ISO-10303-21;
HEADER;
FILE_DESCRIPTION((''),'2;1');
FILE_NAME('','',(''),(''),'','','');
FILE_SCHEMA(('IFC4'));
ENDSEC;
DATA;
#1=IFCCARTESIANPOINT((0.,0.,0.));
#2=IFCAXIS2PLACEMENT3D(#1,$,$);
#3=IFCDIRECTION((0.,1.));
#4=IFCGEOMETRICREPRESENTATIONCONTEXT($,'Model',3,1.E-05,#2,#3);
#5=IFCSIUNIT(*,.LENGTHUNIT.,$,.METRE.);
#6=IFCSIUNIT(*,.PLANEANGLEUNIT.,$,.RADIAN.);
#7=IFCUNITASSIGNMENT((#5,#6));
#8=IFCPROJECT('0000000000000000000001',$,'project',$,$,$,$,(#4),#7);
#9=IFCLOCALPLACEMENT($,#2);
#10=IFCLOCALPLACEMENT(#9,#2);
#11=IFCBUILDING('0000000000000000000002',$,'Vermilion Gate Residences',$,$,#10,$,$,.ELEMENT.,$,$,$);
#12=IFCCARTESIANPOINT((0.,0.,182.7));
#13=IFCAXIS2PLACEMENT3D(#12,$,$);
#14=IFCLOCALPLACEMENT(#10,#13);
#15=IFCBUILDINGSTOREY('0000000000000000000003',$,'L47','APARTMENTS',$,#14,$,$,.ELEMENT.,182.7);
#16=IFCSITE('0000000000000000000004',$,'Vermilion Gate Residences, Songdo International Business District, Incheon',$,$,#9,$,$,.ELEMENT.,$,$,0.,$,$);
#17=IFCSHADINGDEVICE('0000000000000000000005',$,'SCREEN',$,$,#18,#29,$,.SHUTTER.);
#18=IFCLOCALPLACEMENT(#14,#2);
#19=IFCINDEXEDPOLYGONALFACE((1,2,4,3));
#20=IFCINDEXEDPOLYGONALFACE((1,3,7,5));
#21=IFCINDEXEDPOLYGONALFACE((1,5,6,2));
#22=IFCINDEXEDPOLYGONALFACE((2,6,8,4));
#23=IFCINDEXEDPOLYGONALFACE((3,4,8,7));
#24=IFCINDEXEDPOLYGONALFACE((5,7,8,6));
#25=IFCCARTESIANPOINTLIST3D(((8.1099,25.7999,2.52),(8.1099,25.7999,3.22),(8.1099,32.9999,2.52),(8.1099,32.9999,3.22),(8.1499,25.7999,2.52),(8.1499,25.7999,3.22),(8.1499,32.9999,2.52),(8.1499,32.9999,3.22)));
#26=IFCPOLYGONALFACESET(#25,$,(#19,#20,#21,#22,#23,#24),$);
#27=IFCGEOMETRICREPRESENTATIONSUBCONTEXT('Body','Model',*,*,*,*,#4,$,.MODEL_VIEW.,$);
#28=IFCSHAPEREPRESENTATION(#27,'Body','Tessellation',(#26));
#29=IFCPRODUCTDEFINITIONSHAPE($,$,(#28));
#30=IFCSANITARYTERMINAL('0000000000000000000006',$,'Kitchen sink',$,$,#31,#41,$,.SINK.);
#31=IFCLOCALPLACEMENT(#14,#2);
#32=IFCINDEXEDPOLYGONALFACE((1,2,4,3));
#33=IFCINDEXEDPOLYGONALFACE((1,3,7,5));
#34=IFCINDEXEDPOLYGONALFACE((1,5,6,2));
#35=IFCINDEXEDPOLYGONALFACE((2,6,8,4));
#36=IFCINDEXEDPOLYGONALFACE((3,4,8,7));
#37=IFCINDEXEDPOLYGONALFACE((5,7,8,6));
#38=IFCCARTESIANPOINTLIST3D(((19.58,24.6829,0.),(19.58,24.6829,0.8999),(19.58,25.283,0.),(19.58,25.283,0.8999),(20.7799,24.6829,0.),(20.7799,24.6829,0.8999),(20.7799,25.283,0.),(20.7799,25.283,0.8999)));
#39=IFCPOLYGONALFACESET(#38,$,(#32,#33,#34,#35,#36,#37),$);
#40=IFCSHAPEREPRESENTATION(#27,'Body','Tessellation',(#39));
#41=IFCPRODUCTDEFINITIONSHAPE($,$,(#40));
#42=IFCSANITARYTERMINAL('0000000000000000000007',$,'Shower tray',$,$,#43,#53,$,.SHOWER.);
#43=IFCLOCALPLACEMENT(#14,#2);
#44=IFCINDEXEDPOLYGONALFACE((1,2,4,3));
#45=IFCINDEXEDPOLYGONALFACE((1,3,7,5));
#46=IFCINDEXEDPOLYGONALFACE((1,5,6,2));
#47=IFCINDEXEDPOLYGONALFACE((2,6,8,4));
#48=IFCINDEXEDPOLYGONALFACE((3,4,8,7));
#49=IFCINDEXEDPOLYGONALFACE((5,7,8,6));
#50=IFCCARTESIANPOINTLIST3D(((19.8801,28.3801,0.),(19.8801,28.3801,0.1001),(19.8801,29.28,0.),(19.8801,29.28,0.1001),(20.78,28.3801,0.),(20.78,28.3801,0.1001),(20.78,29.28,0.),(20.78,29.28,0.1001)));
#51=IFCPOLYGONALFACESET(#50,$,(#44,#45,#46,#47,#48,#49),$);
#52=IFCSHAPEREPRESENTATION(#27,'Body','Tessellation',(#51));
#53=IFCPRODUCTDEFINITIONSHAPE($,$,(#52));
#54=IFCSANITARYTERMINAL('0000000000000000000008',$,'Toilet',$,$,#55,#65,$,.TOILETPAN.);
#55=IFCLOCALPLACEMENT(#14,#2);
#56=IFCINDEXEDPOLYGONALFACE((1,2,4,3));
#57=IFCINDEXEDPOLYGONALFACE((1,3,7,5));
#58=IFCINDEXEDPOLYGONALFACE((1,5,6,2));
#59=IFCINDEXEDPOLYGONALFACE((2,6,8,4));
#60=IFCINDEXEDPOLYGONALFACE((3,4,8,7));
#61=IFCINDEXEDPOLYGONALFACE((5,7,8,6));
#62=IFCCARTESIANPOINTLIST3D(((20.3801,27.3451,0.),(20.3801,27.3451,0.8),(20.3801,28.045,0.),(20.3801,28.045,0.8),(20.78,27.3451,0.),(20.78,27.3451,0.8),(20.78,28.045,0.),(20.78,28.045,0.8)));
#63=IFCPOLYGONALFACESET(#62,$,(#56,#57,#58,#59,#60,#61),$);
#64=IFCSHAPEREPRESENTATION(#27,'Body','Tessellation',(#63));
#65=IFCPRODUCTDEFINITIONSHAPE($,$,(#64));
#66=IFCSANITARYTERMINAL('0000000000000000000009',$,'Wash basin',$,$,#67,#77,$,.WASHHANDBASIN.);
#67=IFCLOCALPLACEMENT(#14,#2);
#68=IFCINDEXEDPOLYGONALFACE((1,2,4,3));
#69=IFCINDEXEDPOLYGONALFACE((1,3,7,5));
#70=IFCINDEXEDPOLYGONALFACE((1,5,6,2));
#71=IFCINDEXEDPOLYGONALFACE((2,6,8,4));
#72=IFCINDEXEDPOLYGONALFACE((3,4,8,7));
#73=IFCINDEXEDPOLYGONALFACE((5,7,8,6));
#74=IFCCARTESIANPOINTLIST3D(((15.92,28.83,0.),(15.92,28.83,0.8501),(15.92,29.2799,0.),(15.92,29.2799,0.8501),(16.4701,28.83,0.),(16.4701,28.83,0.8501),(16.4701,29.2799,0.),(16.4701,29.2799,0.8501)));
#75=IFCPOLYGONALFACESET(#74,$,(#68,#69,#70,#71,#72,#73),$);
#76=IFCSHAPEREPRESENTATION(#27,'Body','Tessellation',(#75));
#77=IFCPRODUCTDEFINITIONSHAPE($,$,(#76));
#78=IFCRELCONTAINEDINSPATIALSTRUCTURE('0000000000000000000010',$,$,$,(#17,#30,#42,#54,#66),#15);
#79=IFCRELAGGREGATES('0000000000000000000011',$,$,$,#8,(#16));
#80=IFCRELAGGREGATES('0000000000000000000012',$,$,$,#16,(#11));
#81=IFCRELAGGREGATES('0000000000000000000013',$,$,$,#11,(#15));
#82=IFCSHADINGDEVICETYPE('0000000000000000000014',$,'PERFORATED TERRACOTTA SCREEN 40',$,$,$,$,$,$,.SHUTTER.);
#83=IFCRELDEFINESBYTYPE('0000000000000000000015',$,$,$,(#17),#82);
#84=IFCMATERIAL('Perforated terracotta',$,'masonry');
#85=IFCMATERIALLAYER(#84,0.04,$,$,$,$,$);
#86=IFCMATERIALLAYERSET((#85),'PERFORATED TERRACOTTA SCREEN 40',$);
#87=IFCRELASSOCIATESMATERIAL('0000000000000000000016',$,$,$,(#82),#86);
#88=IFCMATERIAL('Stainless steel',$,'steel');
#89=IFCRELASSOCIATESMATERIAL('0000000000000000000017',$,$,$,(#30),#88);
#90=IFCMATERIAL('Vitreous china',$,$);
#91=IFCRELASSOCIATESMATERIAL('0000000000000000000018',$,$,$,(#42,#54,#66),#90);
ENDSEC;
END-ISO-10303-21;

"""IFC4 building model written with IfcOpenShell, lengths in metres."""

from ifc_helpers import new_model, si_unit, direction, frame, origin, origin_2d, place, context, subcontext, project, spatial, rectangle, extrude, material, layer, layer_set, type_object, element, save


model = new_model("IFC4")

# Units and contexts
model_context = context("Model", 3, precision=1e-05, world=origin(), true_north=direction((0.0, 1.0)))
body_context = subcontext(model_context, "Body", "Model", "MODEL_VIEW")
ifc_project = project(units=[si_unit("LENGTHUNIT", "METRE"), si_unit("PLANEANGLEUNIT", "RADIAN")], contexts=[model_context])

# Site, building, storey
site_placement = place(None, origin())
site = spatial("IfcSite", under=ifc_project, at=site_placement, Name="Vermilion Gate Residences, Songdo International Business District, Incheon", CompositionType="ELEMENT", RefElevation=0.0)
building_placement = place(site_placement, origin())
building = spatial("IfcBuilding", under=site, at=building_placement, Name="Vermilion Gate Residences", CompositionType="ELEMENT")
storey_placement = place(building_placement, frame((0.0, 0.0, 182.7)))
storey = spatial("IfcBuildingStorey", under=building, at=storey_placement, Name="L47", Description="APARTMENTS", CompositionType="ELEMENT", Elevation=182.7)

# Shading device
ifc_material_1 = material(Name="Perforated terracotta", Category="masonry")
ifc_layer_1 = layer(ifc_material_1, 0.04)
ifc_layer_set_1 = layer_set([ifc_layer_1], Name="PERFORATED TERRACOTTA SCREEN 40")
shading_device_type = type_object("IfcShadingDeviceType", Name="PERFORATED TERRACOTTA SCREEN 40", PredefinedType="SHUTTER", material=ifc_layer_set_1)
shading_device_placement = place(storey_placement, frame((8.1299, 29.3999, 2.52), z_axis=(0.0, 0.0, 1.0), x_axis=(0.0, -1.0, 0.0)))
element("IfcShadingDevice", 1, at=shading_device_placement, inside=storey, type_object=shading_device_type, Name="SCREEN", PredefinedType="SHUTTER", context=body_context, shape_type="SweptSolid", body=[
    extrude(rectangle(XDim=7.2, YDim=0.04, at=origin_2d()), origin(), (0.0, 0.0, 1.0), 0.7),
])

# Sanitary terminals
ifc_material_2 = material(Name="Stainless steel", Category="steel")
sanitary_terminal_1_placement = place(storey_placement, frame((20.1799, 24.9829, 0.0), z_axis=(0.0, 0.0, 1.0), x_axis=(1.0, 0.0, 0.0)))
element("IfcSanitaryTerminal", 2, at=sanitary_terminal_1_placement, inside=storey, material=ifc_material_2, Name="Kitchen sink", PredefinedType="SINK", context=body_context, shape_type="SweptSolid", body=[
    extrude(rectangle(XDim=1.2, YDim=0.6001, at=origin_2d()), origin(), (0.0, 0.0, 1.0), 0.8999),
])
ifc_material_3 = material(Name="Vitreous china")
sanitary_terminal_2_placement = place(storey_placement, frame((20.3301, 28.8301, 0.0), z_axis=(0.0, 0.0, 1.0), x_axis=(1.0, 0.0, 0.0)))
element("IfcSanitaryTerminal", 3, at=sanitary_terminal_2_placement, inside=storey, material=ifc_material_3, Name="Shower tray", PredefinedType="SHOWER", context=body_context, shape_type="SweptSolid", body=[
    extrude(rectangle(XDim=0.8999, YDim=0.8999, at=origin_2d()), origin(), (0.0, 0.0, 1.0), 0.1001),
])
sanitary_terminal_3_placement = place(storey_placement, frame((20.5801, 27.6951, 0.0), z_axis=(0.0, 0.0, 1.0), x_axis=(1.0, 0.0, 0.0)))
element("IfcSanitaryTerminal", 4, at=sanitary_terminal_3_placement, inside=storey, material=ifc_material_3, Name="Toilet", PredefinedType="TOILETPAN", context=body_context, shape_type="SweptSolid", body=[
    extrude(rectangle(XDim=0.3999, YDim=0.7, at=origin_2d()), origin(), (0.0, 0.0, 1.0), 0.8),
])
sanitary_terminal_4_placement = place(storey_placement, frame((16.1951, 29.0549, 0.0), z_axis=(0.0, 0.0, 1.0), x_axis=(1.0, 0.0, 0.0)))
element("IfcSanitaryTerminal", 5, at=sanitary_terminal_4_placement, inside=storey, material=ifc_material_3, Name="Wash basin", PredefinedType="WASHHANDBASIN", context=body_context, shape_type="SweptSolid", body=[
    extrude(rectangle(XDim=0.55, YDim=0.45, at=origin_2d()), origin(), (0.0, 0.0, 1.0), 0.8501),
])

save(model, "model.ifc")
